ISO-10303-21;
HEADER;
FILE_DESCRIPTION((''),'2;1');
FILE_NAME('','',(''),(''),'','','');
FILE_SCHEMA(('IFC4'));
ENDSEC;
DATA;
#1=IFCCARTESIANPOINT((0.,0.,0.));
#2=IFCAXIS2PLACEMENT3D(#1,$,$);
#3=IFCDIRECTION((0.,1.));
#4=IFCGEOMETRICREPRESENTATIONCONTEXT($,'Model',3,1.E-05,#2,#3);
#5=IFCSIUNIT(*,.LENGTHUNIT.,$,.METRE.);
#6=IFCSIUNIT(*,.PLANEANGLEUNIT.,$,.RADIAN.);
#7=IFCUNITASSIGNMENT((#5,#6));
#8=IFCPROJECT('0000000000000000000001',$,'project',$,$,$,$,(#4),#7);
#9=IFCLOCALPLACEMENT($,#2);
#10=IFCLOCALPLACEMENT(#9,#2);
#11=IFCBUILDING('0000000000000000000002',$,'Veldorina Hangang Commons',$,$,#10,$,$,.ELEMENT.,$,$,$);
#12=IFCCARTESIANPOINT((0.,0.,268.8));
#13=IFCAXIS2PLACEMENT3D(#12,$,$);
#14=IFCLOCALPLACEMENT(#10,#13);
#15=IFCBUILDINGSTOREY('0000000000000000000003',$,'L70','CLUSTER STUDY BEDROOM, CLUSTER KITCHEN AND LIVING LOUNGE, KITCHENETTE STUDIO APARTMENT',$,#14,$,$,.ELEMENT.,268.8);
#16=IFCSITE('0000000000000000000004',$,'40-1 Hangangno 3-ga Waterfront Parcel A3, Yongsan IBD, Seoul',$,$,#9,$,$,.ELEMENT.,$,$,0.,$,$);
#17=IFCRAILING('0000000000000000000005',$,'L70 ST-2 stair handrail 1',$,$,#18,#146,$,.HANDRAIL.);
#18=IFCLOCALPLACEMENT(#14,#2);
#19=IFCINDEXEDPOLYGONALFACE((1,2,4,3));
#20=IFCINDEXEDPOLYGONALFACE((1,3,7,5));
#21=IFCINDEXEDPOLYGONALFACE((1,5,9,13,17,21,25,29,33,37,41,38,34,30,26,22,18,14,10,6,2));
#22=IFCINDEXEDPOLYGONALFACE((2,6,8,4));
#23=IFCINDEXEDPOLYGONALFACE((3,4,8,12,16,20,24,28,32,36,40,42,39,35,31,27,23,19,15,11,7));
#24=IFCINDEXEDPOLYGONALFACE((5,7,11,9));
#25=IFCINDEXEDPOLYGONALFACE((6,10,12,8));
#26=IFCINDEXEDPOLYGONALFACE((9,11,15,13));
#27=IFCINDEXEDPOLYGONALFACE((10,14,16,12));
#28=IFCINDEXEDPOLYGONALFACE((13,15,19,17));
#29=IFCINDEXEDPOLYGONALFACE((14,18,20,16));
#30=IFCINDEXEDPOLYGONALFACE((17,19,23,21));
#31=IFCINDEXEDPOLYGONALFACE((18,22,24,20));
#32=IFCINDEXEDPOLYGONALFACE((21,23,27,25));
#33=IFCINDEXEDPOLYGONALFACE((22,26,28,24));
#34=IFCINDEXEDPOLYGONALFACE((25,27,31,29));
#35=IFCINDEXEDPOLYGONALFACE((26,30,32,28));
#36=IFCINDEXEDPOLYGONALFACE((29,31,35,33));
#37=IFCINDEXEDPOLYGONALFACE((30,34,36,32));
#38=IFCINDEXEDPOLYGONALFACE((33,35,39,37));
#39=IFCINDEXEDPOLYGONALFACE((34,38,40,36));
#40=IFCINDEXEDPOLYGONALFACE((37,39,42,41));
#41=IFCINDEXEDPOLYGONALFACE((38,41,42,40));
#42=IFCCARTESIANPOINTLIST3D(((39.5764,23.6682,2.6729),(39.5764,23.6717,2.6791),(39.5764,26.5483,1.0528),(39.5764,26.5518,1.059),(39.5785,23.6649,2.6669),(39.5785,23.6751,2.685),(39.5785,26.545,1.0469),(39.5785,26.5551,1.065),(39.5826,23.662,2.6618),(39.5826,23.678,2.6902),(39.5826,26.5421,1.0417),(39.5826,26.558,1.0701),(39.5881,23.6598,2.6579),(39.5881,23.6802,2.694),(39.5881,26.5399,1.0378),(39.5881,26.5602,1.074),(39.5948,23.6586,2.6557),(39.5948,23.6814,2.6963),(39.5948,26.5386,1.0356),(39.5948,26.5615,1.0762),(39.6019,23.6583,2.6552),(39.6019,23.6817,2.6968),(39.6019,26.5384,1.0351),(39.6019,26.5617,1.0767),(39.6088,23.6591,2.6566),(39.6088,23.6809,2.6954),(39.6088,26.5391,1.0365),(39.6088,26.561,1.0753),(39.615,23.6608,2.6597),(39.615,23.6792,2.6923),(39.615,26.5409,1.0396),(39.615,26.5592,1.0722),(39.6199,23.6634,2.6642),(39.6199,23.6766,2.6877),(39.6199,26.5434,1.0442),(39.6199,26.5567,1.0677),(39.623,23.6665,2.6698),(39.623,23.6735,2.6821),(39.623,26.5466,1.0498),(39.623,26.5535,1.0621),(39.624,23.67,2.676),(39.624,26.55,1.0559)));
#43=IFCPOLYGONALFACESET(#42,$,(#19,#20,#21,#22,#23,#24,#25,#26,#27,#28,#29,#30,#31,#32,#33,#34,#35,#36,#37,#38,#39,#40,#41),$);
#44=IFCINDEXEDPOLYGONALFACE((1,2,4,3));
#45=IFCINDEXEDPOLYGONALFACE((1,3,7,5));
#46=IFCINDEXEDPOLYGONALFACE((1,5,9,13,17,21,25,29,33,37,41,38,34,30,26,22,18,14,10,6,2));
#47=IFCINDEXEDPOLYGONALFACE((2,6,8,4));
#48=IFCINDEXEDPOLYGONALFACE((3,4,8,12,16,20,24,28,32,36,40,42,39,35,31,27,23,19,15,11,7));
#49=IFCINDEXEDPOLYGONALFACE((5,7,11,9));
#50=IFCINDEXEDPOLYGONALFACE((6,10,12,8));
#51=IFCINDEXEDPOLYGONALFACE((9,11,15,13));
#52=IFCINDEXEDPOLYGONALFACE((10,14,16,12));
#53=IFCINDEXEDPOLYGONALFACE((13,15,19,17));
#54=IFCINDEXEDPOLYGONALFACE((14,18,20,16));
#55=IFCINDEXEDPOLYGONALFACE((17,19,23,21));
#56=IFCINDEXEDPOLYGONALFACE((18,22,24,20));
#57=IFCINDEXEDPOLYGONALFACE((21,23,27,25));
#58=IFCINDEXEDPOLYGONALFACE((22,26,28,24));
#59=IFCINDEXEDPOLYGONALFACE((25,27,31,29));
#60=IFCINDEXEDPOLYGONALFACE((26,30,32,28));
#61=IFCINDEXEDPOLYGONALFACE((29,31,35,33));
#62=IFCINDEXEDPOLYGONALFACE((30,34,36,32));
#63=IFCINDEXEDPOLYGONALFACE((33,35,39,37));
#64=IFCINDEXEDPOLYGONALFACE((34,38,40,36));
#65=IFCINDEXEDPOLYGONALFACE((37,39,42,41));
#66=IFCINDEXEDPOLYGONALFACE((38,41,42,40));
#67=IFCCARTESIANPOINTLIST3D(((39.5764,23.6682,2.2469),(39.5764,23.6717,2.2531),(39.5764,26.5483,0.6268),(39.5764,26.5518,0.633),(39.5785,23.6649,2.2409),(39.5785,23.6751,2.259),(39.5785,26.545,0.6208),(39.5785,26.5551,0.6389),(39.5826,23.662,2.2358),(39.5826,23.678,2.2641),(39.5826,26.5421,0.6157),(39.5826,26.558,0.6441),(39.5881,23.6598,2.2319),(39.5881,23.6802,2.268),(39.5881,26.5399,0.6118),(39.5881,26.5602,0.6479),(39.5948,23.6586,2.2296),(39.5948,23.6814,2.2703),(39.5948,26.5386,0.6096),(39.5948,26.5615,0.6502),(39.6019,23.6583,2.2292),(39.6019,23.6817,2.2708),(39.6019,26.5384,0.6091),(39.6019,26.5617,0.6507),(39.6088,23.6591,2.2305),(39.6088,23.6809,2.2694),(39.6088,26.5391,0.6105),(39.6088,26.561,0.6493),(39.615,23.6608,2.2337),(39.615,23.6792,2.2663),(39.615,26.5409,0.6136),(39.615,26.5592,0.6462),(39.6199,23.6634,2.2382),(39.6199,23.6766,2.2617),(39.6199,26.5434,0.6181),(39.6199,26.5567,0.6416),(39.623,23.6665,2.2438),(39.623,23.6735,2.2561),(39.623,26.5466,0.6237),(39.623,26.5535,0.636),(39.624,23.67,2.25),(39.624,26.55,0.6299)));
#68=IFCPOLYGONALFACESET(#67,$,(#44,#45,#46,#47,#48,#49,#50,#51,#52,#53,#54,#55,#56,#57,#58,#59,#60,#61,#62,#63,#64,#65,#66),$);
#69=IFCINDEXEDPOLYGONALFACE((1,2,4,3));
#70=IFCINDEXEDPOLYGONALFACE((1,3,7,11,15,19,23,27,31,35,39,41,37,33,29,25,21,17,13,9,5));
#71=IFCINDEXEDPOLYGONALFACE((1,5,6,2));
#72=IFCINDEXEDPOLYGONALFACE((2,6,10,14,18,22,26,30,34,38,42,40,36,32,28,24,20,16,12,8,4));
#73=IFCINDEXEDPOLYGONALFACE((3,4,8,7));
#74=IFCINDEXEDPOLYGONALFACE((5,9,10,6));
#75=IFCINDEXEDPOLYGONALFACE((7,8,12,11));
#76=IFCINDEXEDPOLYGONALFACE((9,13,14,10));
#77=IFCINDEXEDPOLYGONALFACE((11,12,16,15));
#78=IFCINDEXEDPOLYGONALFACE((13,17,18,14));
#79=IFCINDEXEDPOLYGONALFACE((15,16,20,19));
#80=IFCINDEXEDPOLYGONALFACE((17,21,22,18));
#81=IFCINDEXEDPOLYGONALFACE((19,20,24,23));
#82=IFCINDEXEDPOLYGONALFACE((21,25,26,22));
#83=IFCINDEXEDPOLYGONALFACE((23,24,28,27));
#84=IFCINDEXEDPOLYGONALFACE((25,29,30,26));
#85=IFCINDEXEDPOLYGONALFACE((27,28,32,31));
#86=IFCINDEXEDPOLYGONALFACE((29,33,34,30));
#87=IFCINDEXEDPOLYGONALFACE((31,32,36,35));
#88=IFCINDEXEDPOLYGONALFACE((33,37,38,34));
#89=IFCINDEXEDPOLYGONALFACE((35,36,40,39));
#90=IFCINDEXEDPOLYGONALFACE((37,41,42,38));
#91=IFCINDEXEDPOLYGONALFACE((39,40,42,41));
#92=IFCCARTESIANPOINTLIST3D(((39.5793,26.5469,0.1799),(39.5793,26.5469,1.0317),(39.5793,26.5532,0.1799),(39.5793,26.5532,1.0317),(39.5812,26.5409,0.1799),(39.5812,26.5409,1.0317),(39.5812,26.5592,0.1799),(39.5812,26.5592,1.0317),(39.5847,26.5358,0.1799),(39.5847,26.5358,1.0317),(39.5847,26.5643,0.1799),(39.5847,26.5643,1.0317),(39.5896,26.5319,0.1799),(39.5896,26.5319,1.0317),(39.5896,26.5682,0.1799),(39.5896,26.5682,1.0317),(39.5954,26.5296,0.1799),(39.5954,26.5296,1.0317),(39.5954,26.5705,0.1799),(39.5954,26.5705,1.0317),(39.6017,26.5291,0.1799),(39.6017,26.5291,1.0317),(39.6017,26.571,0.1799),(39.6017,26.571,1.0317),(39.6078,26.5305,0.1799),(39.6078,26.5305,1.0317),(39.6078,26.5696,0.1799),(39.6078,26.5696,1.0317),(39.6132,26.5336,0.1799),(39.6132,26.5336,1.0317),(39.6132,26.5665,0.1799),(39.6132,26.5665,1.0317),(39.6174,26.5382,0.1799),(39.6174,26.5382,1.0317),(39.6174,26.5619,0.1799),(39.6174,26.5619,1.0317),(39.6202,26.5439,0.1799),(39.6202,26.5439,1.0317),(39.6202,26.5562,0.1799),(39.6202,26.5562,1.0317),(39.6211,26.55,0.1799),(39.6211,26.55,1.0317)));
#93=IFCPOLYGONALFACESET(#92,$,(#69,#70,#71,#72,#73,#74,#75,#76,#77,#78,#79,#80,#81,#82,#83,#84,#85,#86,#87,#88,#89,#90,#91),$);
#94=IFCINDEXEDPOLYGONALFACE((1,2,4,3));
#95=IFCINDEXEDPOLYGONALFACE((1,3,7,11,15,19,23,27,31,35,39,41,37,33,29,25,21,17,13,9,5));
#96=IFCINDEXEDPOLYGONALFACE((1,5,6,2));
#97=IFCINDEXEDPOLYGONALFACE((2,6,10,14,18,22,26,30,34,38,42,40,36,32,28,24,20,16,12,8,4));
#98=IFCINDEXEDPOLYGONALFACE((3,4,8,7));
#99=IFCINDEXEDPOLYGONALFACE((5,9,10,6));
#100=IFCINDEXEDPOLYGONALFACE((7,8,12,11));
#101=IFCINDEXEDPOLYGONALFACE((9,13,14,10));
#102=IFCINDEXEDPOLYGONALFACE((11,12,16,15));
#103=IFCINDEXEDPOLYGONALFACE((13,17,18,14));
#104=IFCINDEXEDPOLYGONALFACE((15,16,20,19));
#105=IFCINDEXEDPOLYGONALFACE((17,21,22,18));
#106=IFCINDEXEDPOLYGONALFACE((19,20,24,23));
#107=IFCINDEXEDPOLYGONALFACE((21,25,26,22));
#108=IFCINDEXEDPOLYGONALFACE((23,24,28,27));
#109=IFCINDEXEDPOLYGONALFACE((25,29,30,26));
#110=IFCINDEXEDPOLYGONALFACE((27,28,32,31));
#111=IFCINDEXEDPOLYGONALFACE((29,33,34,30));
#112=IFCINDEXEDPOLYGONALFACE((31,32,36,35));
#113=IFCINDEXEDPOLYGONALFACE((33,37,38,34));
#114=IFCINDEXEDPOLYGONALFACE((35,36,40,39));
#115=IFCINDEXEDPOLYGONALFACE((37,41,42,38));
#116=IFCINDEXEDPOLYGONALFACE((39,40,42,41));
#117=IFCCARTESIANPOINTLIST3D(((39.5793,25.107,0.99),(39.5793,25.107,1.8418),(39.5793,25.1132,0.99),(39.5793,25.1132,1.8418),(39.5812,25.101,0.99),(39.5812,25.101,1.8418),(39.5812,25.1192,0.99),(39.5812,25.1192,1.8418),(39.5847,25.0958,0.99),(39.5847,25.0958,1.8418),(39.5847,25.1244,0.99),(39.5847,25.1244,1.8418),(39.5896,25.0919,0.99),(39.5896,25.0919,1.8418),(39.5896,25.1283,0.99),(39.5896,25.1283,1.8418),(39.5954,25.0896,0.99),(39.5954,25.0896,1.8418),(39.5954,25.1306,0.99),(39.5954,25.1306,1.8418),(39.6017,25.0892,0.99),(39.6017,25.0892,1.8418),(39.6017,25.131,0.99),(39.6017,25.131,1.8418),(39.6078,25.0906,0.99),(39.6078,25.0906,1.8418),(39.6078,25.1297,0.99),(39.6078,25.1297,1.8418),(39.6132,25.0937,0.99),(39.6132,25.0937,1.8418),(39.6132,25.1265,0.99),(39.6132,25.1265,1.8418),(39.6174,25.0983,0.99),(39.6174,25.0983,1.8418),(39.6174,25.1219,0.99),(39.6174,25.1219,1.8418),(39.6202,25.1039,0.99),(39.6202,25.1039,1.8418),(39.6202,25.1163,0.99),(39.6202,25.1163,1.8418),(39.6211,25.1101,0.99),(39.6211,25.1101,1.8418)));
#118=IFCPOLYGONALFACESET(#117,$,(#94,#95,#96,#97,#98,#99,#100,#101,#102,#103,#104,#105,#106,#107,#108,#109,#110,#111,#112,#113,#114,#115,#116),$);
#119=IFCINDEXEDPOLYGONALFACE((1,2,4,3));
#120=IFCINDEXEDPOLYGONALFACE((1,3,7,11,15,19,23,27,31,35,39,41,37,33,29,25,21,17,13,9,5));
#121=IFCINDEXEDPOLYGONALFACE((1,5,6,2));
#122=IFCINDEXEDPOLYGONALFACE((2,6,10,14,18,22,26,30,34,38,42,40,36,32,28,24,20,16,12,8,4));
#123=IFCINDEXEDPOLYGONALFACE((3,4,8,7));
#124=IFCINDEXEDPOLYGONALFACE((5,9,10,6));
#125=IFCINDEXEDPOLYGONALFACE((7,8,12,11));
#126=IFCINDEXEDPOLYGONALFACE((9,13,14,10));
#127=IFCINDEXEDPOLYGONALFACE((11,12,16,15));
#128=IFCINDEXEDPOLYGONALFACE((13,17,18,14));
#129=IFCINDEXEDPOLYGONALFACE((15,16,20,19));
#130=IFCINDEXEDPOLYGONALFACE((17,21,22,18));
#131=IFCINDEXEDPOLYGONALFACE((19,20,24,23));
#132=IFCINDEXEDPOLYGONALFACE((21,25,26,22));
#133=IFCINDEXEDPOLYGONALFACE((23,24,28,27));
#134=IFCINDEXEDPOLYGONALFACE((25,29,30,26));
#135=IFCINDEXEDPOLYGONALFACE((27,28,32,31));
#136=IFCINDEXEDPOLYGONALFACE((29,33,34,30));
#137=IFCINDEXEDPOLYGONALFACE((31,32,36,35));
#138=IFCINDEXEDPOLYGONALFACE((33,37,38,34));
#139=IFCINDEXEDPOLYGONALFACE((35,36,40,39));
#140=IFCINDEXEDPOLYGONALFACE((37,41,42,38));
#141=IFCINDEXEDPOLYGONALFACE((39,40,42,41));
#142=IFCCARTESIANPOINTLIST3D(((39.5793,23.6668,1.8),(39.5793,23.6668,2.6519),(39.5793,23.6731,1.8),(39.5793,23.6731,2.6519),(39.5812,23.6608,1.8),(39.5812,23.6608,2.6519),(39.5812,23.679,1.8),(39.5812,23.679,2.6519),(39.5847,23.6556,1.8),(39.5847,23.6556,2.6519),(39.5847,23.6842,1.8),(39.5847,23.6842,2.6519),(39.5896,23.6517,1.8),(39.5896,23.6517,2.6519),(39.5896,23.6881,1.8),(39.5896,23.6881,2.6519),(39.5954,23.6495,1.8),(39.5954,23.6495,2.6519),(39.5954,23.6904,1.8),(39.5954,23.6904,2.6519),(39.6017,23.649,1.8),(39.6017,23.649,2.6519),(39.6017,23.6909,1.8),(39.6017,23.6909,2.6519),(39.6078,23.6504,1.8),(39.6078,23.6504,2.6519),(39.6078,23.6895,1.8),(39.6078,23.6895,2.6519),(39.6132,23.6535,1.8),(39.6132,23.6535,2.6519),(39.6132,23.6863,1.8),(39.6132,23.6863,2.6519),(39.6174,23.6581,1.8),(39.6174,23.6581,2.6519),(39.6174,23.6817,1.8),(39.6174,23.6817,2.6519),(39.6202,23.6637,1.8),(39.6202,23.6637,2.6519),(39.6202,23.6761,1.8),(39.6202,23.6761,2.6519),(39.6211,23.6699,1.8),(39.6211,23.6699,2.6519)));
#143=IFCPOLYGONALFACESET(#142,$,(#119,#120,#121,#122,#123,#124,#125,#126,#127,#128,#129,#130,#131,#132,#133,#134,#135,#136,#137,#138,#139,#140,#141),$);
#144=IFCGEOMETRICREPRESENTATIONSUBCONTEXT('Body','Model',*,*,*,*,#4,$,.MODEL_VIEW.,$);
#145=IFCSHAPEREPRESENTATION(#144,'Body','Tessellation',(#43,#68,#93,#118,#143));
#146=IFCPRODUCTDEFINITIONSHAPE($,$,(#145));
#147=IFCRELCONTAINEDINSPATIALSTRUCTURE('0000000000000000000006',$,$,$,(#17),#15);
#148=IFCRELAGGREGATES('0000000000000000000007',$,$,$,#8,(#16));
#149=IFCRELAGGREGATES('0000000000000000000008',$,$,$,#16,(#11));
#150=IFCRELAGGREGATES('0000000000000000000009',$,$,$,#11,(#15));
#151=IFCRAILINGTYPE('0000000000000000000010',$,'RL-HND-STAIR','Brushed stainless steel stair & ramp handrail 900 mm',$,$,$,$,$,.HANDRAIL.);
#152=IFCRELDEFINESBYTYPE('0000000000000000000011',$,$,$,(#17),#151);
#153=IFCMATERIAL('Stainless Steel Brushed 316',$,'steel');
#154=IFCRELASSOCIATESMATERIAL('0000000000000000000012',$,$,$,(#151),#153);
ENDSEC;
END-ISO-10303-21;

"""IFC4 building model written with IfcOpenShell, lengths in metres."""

from ifc_helpers import new_model, si_unit, direction, frame, origin, origin_2d, place, context, subcontext, project, spatial, circle, extrude, material, type_object, element, save


model = new_model("IFC4")

# Units and contexts
model_context = context("Model", 3, precision=1e-05, world=origin(), true_north=direction((0.0, 1.0)))
body_context = subcontext(model_context, "Body", "Model", "MODEL_VIEW")
ifc_project = project(units=[si_unit("LENGTHUNIT", "METRE"), si_unit("PLANEANGLEUNIT", "RADIAN")], contexts=[model_context])

# Site, building, storey
site_placement = place(None, origin())
site = spatial("IfcSite", under=ifc_project, at=site_placement, Name="40-1 Hangangno 3-ga Waterfront Parcel A3, Yongsan IBD, Seoul", CompositionType="ELEMENT", RefElevation=0.0)
building_placement = place(site_placement, origin())
building = spatial("IfcBuilding", under=site, at=building_placement, Name="Veldorina Hangang Commons", CompositionType="ELEMENT")
storey_placement = place(building_placement, frame((0.0, 0.0, 268.8)))
storey = spatial("IfcBuildingStorey", under=building, at=storey_placement, Name="L70", Description="CLUSTER STUDY BEDROOM, CLUSTER KITCHEN AND LIVING LOUNGE, KITCHENETTE STUDIO APARTMENT", CompositionType="ELEMENT", Elevation=268.8)

# Railing
ifc_material_1 = material(Name="Stainless Steel Brushed 316", Category="steel")
railing_type_1 = type_object("IfcRailingType", Name="RL-HND-STAIR", Description="Brushed stainless steel stair & ramp handrail 900 mm", PredefinedType="HANDRAIL", material=ifc_material_1)
railing_1_placement = place(storey_placement, frame((39.6001, 26.55, 0.1799)))
element("IfcRailing", 1, at=railing_1_placement, inside=storey, type_object=railing_type_1, Name="L70 ST-2 stair handrail 1", PredefinedType="HANDRAIL", context=body_context, shape_type="SweptSolid", body=[
    extrude(circle(Radius=0.0239, at=origin_2d()), frame((0.0, 0.0, 0.876), z_axis=(0.0, -0.87157, 0.490272), x_axis=(1.0, 0.0, 0.0)), (0.0, 0.0, 1.0), 3.3044),
    extrude(circle(Radius=0.0239, at=origin_2d()), frame((0.0, 0.0, 0.45), z_axis=(0.0, -0.87157, 0.490272), x_axis=(1.0, 0.0, 0.0)), (0.0, 0.0, 1.0), 3.3044),
    extrude(circle(Radius=0.021, at=origin_2d()), origin(), (0.0, 0.0, 1.0), 0.8518),
    extrude(circle(Radius=0.021, at=origin_2d()), frame((0.0, -1.4399, 0.8101)), (0.0, 0.0, 1.0), 0.8518),
    extrude(circle(Radius=0.021, at=origin_2d()), frame((0.0, -2.8801, 1.6201)), (0.0, 0.0, 1.0), 0.8518),
])

save(model, "model.ifc")
